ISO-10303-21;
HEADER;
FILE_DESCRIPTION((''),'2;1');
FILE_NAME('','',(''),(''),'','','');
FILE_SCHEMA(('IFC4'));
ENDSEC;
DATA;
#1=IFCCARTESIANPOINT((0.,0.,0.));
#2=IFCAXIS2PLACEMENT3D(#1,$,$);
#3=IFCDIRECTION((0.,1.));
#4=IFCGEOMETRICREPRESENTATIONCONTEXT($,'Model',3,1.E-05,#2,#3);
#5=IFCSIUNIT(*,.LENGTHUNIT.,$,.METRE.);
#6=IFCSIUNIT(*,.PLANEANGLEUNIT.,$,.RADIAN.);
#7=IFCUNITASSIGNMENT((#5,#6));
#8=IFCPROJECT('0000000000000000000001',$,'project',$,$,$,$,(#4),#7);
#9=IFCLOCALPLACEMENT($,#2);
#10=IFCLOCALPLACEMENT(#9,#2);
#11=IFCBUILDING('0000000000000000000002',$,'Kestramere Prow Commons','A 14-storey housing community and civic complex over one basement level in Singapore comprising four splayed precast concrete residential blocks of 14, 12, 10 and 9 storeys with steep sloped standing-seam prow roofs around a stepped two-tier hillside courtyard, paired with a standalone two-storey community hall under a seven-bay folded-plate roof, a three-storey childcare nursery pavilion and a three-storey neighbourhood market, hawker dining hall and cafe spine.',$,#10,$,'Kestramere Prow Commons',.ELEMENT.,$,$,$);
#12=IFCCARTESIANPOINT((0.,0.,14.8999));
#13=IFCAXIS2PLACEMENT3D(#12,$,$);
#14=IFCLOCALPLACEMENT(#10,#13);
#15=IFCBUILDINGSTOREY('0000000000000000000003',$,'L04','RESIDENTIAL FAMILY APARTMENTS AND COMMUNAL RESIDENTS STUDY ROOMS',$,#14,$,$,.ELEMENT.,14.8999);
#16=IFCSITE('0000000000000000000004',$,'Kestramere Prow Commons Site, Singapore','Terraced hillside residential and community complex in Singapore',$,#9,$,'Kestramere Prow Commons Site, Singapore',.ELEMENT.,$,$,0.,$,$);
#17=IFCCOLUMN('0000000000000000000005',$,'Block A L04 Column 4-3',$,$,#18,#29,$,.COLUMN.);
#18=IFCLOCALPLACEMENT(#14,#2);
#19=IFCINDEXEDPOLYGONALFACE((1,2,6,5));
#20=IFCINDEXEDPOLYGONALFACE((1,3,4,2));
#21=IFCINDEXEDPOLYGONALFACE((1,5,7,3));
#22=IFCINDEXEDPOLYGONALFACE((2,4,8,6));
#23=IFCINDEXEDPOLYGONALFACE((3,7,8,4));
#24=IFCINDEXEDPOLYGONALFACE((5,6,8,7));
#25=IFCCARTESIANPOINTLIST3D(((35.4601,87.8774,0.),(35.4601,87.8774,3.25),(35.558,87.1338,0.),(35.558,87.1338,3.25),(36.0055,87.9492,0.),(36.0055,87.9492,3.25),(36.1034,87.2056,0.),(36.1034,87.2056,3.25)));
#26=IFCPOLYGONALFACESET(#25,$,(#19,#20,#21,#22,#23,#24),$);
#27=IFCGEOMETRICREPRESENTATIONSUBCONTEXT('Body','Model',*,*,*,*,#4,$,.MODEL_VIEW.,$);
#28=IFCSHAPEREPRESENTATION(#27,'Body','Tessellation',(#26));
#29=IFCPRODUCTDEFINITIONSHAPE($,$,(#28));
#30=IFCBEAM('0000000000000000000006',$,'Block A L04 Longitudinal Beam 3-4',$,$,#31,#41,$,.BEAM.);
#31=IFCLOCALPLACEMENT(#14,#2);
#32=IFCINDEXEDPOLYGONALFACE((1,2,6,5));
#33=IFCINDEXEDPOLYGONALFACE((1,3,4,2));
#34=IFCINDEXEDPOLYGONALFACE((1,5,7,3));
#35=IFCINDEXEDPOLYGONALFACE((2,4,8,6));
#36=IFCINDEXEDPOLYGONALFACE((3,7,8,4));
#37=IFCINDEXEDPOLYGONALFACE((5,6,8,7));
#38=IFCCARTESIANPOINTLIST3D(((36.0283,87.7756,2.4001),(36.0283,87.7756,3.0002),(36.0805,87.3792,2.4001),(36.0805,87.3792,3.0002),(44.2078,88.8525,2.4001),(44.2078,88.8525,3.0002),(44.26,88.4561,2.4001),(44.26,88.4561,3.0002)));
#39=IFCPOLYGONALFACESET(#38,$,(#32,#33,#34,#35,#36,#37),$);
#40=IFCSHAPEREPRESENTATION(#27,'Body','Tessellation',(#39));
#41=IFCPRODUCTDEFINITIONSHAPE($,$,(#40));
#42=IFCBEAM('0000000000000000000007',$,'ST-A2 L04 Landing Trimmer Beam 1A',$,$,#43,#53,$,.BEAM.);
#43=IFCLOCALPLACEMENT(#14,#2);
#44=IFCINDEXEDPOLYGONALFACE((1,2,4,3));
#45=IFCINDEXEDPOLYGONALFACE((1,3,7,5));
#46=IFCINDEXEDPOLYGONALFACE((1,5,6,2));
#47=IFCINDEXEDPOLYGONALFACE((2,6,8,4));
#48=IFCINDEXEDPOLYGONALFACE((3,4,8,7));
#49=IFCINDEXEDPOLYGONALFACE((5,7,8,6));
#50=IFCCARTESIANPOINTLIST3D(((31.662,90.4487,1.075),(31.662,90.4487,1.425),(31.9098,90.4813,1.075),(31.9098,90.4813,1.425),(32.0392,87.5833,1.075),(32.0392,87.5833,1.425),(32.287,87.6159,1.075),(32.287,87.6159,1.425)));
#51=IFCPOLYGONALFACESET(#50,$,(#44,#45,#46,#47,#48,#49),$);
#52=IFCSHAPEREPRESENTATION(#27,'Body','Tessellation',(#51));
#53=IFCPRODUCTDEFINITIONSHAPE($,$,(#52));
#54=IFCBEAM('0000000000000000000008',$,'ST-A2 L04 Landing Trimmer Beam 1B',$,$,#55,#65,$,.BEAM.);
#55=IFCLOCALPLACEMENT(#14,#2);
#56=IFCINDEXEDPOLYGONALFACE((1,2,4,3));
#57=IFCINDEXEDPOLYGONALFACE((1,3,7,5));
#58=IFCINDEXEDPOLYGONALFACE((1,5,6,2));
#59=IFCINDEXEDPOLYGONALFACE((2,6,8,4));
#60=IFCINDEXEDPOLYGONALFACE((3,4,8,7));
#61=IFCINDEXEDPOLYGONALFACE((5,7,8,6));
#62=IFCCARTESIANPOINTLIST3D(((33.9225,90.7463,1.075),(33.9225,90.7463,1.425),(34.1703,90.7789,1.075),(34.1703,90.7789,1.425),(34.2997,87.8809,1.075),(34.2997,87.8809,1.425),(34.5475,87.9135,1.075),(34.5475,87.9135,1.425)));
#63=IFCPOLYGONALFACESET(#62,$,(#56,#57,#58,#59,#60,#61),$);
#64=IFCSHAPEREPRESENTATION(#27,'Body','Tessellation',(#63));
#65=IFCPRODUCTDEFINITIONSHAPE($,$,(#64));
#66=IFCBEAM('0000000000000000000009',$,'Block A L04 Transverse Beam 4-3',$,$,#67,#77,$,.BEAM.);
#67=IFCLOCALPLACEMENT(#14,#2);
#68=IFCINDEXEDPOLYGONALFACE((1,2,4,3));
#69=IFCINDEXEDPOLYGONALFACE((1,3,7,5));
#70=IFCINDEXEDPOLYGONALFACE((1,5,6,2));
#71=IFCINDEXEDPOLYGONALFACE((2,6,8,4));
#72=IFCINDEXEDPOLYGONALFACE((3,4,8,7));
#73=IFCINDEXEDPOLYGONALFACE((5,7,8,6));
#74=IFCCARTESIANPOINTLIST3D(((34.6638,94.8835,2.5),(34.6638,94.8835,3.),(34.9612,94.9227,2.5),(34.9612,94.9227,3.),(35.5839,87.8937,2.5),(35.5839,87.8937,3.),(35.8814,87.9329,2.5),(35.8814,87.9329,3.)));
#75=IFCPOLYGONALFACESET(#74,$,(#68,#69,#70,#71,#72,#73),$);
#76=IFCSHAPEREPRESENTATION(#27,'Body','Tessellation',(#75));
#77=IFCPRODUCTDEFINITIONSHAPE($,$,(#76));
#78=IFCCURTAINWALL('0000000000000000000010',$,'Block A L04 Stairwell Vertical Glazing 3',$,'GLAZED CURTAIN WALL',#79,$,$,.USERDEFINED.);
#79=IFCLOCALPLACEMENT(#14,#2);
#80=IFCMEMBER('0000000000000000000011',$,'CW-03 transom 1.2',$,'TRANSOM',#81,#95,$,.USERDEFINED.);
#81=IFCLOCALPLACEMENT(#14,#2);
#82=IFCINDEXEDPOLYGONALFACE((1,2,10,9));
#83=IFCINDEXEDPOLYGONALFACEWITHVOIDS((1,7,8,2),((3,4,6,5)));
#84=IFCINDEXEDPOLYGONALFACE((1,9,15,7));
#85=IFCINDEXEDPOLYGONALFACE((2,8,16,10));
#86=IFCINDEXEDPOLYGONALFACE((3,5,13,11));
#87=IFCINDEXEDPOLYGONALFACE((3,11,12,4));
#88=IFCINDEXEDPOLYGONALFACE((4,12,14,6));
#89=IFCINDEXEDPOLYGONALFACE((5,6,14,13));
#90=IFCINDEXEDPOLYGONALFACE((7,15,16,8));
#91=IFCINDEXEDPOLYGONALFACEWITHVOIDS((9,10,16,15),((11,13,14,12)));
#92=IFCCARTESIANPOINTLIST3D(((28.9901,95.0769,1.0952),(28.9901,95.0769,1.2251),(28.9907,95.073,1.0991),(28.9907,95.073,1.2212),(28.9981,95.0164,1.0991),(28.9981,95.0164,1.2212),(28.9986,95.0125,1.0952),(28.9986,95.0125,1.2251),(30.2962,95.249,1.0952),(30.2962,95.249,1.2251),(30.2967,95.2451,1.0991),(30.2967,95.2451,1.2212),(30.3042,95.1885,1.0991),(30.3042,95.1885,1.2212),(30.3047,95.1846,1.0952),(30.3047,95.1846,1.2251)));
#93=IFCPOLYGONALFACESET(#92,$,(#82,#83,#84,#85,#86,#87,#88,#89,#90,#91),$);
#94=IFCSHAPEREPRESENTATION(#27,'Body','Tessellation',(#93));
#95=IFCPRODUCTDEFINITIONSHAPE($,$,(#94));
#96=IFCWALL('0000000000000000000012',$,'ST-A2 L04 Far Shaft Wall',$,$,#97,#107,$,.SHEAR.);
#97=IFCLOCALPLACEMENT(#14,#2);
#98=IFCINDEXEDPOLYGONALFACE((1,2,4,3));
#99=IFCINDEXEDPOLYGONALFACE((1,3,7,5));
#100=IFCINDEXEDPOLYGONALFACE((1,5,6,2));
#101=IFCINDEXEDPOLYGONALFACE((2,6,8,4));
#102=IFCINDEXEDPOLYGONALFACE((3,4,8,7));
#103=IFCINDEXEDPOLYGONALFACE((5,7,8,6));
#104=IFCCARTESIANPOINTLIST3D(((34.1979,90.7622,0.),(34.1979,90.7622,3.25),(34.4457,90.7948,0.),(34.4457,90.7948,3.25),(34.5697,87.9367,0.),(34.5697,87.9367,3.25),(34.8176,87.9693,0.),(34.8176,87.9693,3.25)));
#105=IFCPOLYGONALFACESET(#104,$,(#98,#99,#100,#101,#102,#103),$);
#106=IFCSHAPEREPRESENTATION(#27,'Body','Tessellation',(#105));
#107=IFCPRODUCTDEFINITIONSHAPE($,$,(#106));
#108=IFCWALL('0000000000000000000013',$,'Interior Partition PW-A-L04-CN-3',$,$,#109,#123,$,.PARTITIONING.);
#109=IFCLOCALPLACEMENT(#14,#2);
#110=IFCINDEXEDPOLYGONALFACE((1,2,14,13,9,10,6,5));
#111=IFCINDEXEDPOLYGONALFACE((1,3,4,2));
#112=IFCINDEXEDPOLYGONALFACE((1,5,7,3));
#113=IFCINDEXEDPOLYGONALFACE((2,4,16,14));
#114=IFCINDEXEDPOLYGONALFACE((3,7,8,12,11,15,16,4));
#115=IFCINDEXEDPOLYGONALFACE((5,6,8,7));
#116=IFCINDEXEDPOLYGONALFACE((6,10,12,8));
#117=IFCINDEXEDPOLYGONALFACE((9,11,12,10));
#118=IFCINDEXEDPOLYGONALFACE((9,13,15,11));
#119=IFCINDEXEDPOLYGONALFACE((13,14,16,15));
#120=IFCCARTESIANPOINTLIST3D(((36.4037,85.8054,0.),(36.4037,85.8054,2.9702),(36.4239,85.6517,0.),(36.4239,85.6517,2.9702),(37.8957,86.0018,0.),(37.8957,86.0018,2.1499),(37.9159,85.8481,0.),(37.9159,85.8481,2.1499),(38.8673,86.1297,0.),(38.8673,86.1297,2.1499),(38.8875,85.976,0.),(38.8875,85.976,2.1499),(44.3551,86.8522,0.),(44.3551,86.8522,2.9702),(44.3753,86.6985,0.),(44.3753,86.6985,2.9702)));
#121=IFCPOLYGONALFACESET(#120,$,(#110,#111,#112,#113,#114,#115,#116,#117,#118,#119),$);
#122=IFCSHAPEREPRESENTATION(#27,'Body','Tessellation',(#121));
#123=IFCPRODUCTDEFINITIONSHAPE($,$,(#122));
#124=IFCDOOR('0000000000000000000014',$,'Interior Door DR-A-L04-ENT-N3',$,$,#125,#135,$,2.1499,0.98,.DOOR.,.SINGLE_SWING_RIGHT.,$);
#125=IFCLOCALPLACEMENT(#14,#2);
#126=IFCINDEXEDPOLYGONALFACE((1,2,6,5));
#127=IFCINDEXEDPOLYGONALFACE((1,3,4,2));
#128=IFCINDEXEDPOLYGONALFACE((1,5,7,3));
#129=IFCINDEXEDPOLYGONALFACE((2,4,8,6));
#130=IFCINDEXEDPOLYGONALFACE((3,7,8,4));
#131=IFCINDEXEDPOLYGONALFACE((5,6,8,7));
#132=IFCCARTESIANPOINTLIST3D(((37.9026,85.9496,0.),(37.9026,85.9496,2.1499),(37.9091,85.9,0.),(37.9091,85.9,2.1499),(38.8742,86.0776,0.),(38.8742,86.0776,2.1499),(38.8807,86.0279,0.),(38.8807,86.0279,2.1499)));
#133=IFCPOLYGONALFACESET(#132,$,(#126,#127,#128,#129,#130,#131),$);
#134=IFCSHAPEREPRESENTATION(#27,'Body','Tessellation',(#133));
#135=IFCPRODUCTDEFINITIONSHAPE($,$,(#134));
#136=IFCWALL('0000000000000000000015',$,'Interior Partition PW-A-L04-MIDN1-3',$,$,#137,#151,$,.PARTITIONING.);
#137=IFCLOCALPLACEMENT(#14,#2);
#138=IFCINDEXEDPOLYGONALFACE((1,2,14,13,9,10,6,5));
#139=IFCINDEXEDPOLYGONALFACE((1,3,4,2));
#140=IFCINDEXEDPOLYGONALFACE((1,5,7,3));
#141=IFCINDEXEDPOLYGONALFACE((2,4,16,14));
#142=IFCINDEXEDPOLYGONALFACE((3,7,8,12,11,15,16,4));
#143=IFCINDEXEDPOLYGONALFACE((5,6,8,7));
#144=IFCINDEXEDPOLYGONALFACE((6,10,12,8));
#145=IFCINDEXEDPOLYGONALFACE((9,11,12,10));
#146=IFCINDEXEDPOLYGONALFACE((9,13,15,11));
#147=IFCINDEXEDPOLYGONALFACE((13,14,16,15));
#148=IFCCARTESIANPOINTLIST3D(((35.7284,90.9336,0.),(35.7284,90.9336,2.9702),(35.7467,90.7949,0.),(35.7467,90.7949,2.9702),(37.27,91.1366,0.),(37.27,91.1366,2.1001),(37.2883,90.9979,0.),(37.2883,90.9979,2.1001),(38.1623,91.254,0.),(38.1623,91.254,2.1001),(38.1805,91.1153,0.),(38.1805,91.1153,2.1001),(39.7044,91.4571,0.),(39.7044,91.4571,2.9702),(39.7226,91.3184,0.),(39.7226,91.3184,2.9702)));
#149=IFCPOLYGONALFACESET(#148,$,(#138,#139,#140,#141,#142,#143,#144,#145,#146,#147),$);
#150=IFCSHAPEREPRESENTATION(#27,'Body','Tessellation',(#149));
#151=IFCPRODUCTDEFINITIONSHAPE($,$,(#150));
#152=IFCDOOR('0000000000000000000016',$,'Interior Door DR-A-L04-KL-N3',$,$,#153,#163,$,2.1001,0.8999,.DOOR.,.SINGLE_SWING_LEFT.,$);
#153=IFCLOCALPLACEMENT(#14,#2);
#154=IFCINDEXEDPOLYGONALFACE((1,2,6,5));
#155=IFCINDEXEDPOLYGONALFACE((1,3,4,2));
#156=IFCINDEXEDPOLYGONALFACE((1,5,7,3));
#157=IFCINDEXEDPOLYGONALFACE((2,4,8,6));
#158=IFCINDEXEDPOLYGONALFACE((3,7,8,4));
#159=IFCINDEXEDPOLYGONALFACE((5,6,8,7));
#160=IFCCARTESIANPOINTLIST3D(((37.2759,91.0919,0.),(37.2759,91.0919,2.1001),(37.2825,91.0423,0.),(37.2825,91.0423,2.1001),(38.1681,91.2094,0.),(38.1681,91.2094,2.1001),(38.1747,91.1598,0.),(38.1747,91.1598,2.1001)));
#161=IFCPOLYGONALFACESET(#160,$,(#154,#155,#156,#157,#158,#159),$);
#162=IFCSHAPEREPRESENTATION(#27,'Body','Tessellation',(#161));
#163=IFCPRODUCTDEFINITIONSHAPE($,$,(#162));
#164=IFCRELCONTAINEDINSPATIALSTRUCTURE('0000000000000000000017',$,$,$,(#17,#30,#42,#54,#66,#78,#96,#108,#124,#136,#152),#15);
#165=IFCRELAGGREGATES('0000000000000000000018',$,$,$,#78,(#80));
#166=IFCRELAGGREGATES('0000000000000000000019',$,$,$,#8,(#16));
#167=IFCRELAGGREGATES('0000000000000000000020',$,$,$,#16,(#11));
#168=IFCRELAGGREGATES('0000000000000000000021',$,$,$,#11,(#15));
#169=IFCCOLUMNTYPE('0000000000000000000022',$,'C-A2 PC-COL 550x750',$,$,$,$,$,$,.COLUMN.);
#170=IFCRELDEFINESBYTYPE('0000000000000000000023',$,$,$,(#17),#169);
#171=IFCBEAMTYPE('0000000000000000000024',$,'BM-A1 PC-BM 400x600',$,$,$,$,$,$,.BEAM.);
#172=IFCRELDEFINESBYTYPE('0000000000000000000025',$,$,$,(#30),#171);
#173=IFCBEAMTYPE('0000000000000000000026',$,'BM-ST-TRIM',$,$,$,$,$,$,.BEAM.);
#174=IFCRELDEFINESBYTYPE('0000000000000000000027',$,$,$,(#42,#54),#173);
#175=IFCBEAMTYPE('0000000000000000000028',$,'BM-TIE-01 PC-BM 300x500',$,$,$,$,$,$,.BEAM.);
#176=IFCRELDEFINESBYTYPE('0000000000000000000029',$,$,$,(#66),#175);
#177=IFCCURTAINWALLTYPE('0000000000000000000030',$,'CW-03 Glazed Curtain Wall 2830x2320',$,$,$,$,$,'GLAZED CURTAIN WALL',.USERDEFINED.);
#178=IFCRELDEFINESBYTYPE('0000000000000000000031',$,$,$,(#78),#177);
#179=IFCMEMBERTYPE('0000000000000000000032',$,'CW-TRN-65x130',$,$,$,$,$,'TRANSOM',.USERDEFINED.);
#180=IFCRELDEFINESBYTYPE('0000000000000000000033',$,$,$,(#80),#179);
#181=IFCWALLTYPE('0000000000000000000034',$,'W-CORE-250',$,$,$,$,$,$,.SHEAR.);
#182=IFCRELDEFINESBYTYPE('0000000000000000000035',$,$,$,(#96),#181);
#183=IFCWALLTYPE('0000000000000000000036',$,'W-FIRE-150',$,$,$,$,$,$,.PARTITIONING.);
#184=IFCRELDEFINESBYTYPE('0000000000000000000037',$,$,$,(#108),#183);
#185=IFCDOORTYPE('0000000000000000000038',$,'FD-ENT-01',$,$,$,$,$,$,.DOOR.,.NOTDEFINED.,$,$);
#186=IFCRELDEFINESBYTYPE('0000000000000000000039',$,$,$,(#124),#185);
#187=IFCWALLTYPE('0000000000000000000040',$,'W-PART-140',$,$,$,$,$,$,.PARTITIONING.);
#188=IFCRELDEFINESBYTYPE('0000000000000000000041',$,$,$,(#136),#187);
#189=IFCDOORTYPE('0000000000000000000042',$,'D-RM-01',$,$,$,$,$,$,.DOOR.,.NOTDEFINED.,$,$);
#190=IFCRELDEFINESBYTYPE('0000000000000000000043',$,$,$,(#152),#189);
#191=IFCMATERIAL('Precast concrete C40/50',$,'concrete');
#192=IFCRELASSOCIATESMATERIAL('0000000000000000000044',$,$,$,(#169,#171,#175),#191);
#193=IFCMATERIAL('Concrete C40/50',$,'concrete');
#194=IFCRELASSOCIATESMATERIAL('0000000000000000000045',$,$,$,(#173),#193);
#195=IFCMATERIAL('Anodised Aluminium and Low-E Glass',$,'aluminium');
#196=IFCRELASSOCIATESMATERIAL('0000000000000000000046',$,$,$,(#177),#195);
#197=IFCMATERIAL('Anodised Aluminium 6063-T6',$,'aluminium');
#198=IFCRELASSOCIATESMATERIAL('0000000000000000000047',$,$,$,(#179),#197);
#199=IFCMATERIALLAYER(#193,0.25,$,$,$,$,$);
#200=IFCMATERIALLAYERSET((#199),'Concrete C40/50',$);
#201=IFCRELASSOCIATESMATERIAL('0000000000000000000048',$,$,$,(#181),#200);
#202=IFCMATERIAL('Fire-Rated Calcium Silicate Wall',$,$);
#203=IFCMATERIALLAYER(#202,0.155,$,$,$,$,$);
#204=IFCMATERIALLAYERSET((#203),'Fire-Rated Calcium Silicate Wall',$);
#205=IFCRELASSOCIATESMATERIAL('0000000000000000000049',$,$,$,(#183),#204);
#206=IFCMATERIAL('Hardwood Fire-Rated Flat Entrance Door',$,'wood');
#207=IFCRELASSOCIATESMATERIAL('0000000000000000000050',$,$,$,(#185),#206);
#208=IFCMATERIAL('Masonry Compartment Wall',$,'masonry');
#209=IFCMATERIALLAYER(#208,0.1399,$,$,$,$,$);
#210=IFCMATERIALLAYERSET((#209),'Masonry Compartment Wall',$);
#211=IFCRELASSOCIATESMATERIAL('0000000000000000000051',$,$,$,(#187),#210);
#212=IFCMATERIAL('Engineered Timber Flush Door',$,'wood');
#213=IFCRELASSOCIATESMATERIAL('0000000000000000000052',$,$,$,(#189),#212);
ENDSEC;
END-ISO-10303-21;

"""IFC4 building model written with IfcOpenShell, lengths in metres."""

from ifc_helpers import new_model, si_unit, direction, frame, frame_2d, origin, origin_2d, place, context, subcontext, project, spatial, rectangle, hollow_rectangle, extrude, material, layer, layer_set, material_profile, profile_set, type_object, element, fill, aggregate, save


model = new_model("IFC4")

# Units and contexts
model_context = context("Model", 3, precision=1e-05, world=origin(), true_north=direction((0.0, 1.0)))
body_context = subcontext(model_context, "Body", "Model", "MODEL_VIEW")
ifc_project = project(units=[si_unit("LENGTHUNIT", "METRE"), si_unit("PLANEANGLEUNIT", "RADIAN")], contexts=[model_context])

# Site, building, storey
site_placement = place(None, origin())
site = spatial("IfcSite", under=ifc_project, at=site_placement, Name="Kestramere Prow Commons Site, Singapore", Description="Terraced hillside residential and community complex in Singapore", LongName="Kestramere Prow Commons Site, Singapore", CompositionType="ELEMENT", RefElevation=0.0)
building_placement = place(site_placement, origin())
building = spatial("IfcBuilding", under=site, at=building_placement, Name="Kestramere Prow Commons", Description="A 14-storey housing community and civic complex over one basement level in Singapore comprising four splayed precast concrete residential blocks of 14, 12, 10 and 9 storeys with steep sloped standing-seam prow roofs around a stepped two-tier hillside courtyard, paired with a standalone two-storey community hall under a seven-bay folded-plate roof, a three-storey childcare nursery pavilion and a three-storey neighbourhood market, hawker dining hall and cafe spine.", LongName="Kestramere Prow Commons", CompositionType="ELEMENT")
storey_placement = place(building_placement, frame((0.0, 0.0, 14.8999)))
storey = spatial("IfcBuildingStorey", under=building, at=storey_placement, Name="L04", Description="RESIDENTIAL FAMILY APARTMENTS AND COMMUNAL RESIDENTS STUDY ROOMS", CompositionType="ELEMENT", Elevation=14.8999)

# Column
ifc_material_1 = material(Name="Precast concrete C40/50", Category="concrete")
ifc_material_profile_1 = material_profile(ifc_material_1, rectangle(XDim=0.55, YDim=0.75, at=origin_2d()), Name="PC-COL 550x750")
ifc_profile_set_1 = profile_set([ifc_material_profile_1], Name="Precast concrete C40/50")
column_type = type_object("IfcColumnType", Name="C-A2 PC-COL 550x750", PredefinedType="COLUMN", material=ifc_profile_set_1)
column_placement = place(storey_placement, frame((35.7817, 87.5415, 0.0), z_axis=(0.0, 0.0, 1.0), x_axis=(0.991445, 0.130526, 0.0)))
element("IfcColumn", 1, at=column_placement, inside=storey, type_object=column_type, Name="Block A L04 Column 4-3", PredefinedType="COLUMN", context=body_context, shape_type="SweptSolid", body=[
    extrude(rectangle(XDim=0.55, YDim=0.75, at=origin_2d()), origin(), (0.0, 0.0, 1.0), 3.25),
])

# Beams
ifc_material_profile_2 = material_profile(ifc_material_1, rectangle(XDim=0.3999, YDim=0.6001, at=origin_2d()), Name="PC-BM 400x600")
ifc_profile_set_2 = profile_set([ifc_material_profile_2], Name="Precast concrete C40/50")
beam_type_1 = type_object("IfcBeamType", Name="BM-A1 PC-BM 400x600", PredefinedType="BEAM", material=ifc_profile_set_2)
beam_1_placement = place(storey_placement, frame((36.0544, 87.5774, 2.7002), z_axis=(0.991444, 0.130533, 0.0), x_axis=(-0.130533, 0.991444, 0.0)))
element("IfcBeam", 2, at=beam_1_placement, inside=storey, type_object=beam_type_1, Name="Block A L04 Longitudinal Beam 3-4", PredefinedType="BEAM", context=body_context, shape_type="SweptSolid", body=[
    extrude(rectangle(XDim=0.3999, YDim=0.6001, at=origin_2d()), origin(), (0.0, 0.0, 1.0), 8.25),
])
ifc_material_2 = material(Name="Concrete C40/50", Category="concrete")
ifc_material_profile_3 = material_profile(ifc_material_2, rectangle(XDim=0.25, YDim=0.3501, at=origin_2d()), Name="PC-BM 250x350")
ifc_profile_set_3 = profile_set([ifc_material_profile_3], Name="Concrete C40/50")
beam_type_2 = type_object("IfcBeamType", Name="BM-ST-TRIM", PredefinedType="BEAM", material=ifc_profile_set_3)
for number, where, z_axis, x_axis, name in (
    (3, (32.1631, 87.5996, 1.25), (-0.130509, 0.991447, 0.0), (-0.991447, -0.130509, 0.0), "ST-A2 L04 Landing Trimmer Beam 1A"),
    (4, (34.4236, 87.8972, 1.25), (-0.130509, 0.991447, 0.0), (-0.991447, -0.130509, 0.0), "ST-A2 L04 Landing Trimmer Beam 1B"),
):
    element("IfcBeam", number, at=place(storey_placement, frame(where, z_axis=z_axis, x_axis=x_axis)), inside=storey, type_object=beam_type_2, Name=name, PredefinedType="BEAM", context=body_context, shape_type="SweptSolid", body=[
        extrude(rectangle(XDim=0.25, YDim=0.3501, at=origin_2d()), origin(), (0.0, 0.0, 1.0), 2.8901),
    ])
ifc_material_profile_4 = material_profile(ifc_material_1, rectangle(XDim=0.3, YDim=0.5, at=origin_2d()), Name="PC-BM 300x500")
ifc_profile_set_4 = profile_set([ifc_material_profile_4], Name="Precast concrete C40/50")
beam_type_3 = type_object("IfcBeamType", Name="BM-TIE-01 PC-BM 300x500", PredefinedType="BEAM", material=ifc_profile_set_4)
beam_2_placement = place(storey_placement, frame((35.7327, 87.9133, 2.75), z_axis=(-0.130519, 0.991446, 0.0), x_axis=(-0.991446, -0.130519, 0.0)))
element("IfcBeam", 5, at=beam_2_placement, inside=storey, type_object=beam_type_3, Name="Block A L04 Transverse Beam 4-3", PredefinedType="BEAM", context=body_context, shape_type="SweptSolid", body=[
    extrude(rectangle(XDim=0.3, YDim=0.5, at=origin_2d()), origin(), (0.0, 0.0, 1.0), 7.05),
])

# Curtain wall, member
ifc_material_3 = material(Name="Anodised Aluminium and Low-E Glass", Category="aluminium")
curtain_wall_type = type_object("IfcCurtainWallType", Name="CW-03 Glazed Curtain Wall 2830x2320", ElementType="GLAZED CURTAIN WALL", PredefinedType="USERDEFINED", material=ifc_material_3)
curtain_wall_placement = place(storey_placement, origin())
curtain_wall = element("IfcCurtainWall", 6, at=curtain_wall_placement, inside=storey, type_object=curtain_wall_type, Name="Block A L04 Stairwell Vertical Glazing 3", ObjectType="GLAZED CURTAIN WALL", PredefinedType="USERDEFINED")
ifc_material_4 = material(Name="Anodised Aluminium 6063-T6", Category="aluminium")
ifc_material_profile_5 = material_profile(ifc_material_4, hollow_rectangle(XDim=0.0649, YDim=0.1299, WallThickness=0.0039, at=origin_2d()), Name="ALU-TRN 65x130")
ifc_profile_set_5 = profile_set([ifc_material_profile_5], Name="Anodised Aluminium 6063-T6")
member_type = type_object("IfcMemberType", Name="CW-TRN-65x130", ElementType="TRANSOM", PredefinedType="USERDEFINED", material=ifc_profile_set_5)
member_placement = place(storey_placement, frame((28.9944, 95.0447, 1.1602), z_axis=(0.991429, 0.130646, 0.0), x_axis=(-0.130646, 0.991429, 0.0)))
member = element("IfcMember", 7, at=member_placement, type_object=member_type, Name="CW-03 transom 1.2", ObjectType="TRANSOM", PredefinedType="USERDEFINED", context=body_context, shape_type="SweptSolid", body=[
    extrude(hollow_rectangle(XDim=0.0649, YDim=0.1299, WallThickness=0.0039, at=origin_2d()), origin(), (0.0, 0.0, 1.0), 1.3174),
])
aggregate(curtain_wall, [member])

# Wall
ifc_layer_1 = layer(ifc_material_2, 0.25)
ifc_layer_set_1 = layer_set([ifc_layer_1], Name="Concrete C40/50")
wall_type_1 = type_object("IfcWallType", Name="W-CORE-250", PredefinedType="SHEAR", material=ifc_layer_set_1)
wall_1_placement = place(storey_placement, frame((34.6936, 87.9531, 0.0), z_axis=(0.0, 0.0, 1.0), x_axis=(-0.130474, 0.991452, 0.0)))
element("IfcWall", 8, at=wall_1_placement, inside=storey, type_object=wall_type_1, Name="ST-A2 L04 Far Shaft Wall", PredefinedType="SHEAR", context=body_context, shape_type="SweptSolid", body=[
    extrude(rectangle(XDim=2.8499, YDim=0.25, at=frame_2d((1.4248, 0.0))), origin(), (0.0, 0.0, 1.0), 3.25),
])

# Walls, openings, doors
ifc_material_5 = material(Name="Fire-Rated Calcium Silicate Wall")
ifc_layer_2 = layer(ifc_material_5, 0.155)
ifc_layer_set_2 = layer_set([ifc_layer_2], Name="Fire-Rated Calcium Silicate Wall")
wall_type_2 = type_object("IfcWallType", Name="W-FIRE-150", PredefinedType="PARTITIONING", material=ifc_layer_set_2)
wall_2_placement = place(storey_placement, frame((36.4138, 85.7285, 0.0), z_axis=(0.0, 0.0, 1.0), x_axis=(0.991444, 0.130532, 0.0)))
wall_2 = element("IfcWall", 9, at=wall_2_placement, inside=storey, type_object=wall_type_2, Name="Interior Partition PW-A-L04-CN-3", PredefinedType="PARTITIONING", context=body_context, shape_type="SweptSolid", body=[
    extrude(rectangle(XDim=8.02, YDim=0.155, at=frame_2d((4.01, 0.0))), origin(), (0.0, 0.0, 1.0), 2.9702),
])
opening_1_placement = place(wall_2_placement, frame((1.5049, 0.0, 0.0)))
opening_1 = element("IfcOpeningElement", 10, at=opening_1_placement, cuts=wall_2, PredefinedType="OPENING", context=body_context, shape_type="SweptSolid", body=[
    extrude(rectangle(XDim=0.98, YDim=2.1499, at=frame_2d((0.49, 1.075))), frame((0.0, 0.0925, 0.0), z_axis=(0.0, -1.0, 0.0), x_axis=(1.0, 0.0, 0.0)), (0.0, 0.0, 1.0), 0.1851),
])
ifc_material_6 = material(Name="Hardwood Fire-Rated Flat Entrance Door", Category="wood")
door_type_1 = type_object("IfcDoorType", Name="FD-ENT-01", OperationType="NOTDEFINED", PredefinedType="DOOR", material=ifc_material_6)
door_1_placement = place(opening_1_placement, origin())
door_1 = element("IfcDoor", 11, at=door_1_placement, inside=storey, type_object=door_type_1, Name="Interior Door DR-A-L04-ENT-N3", OperationType="SINGLE_SWING_RIGHT", OverallHeight=2.1499, OverallWidth=0.98, PredefinedType="DOOR", context=body_context, shape_type="SweptSolid", body=[
    extrude(rectangle(XDim=0.98, YDim=2.1499, at=frame_2d((0.49, 1.075))), frame((0.0, 0.0249, 0.0), z_axis=(0.0, -1.0, 0.0), x_axis=(1.0, 0.0, 0.0)), (0.0, 0.0, 1.0), 0.05),
])
fill(opening_1, door_1)
ifc_material_7 = material(Name="Masonry Compartment Wall", Category="masonry")
ifc_layer_3 = layer(ifc_material_7, 0.1399)
ifc_layer_set_3 = layer_set([ifc_layer_3], Name="Masonry Compartment Wall")
wall_type_3 = type_object("IfcWallType", Name="W-PART-140", PredefinedType="PARTITIONING", material=ifc_layer_set_3)
wall_3_placement = place(storey_placement, frame((35.7375, 90.8643, 0.0), z_axis=(0.0, 0.0, 1.0), x_axis=(0.991445, 0.130529, 0.0)))
wall_3 = element("IfcWall", 12, at=wall_3_placement, inside=storey, type_object=wall_type_3, Name="Interior Partition PW-A-L04-MIDN1-3", PredefinedType="PARTITIONING", context=body_context, shape_type="SweptSolid", body=[
    extrude(rectangle(XDim=4.0103, YDim=0.1399, at=frame_2d((2.0051, 0.0))), origin(), (0.0, 0.0, 1.0), 2.9702),
])
opening_2_placement = place(wall_3_placement, frame((1.5549, 0.0, 0.0)))
opening_2 = element("IfcOpeningElement", 13, at=opening_2_placement, cuts=wall_3, PredefinedType="OPENING", context=body_context, shape_type="SweptSolid", body=[
    extrude(rectangle(XDim=0.8999, YDim=2.1001, at=frame_2d((0.45, 1.05))), frame((0.0, 0.085, 0.0), z_axis=(0.0, -1.0, 0.0), x_axis=(1.0, 0.0, 0.0)), (0.0, 0.0, 1.0), 0.1699),
])
ifc_material_8 = material(Name="Engineered Timber Flush Door", Category="wood")
door_type_2 = type_object("IfcDoorType", Name="D-RM-01", OperationType="NOTDEFINED", PredefinedType="DOOR", material=ifc_material_8)
door_2_placement = place(opening_2_placement, origin())
door_2 = element("IfcDoor", 14, at=door_2_placement, inside=storey, type_object=door_type_2, Name="Interior Door DR-A-L04-KL-N3", OperationType="SINGLE_SWING_LEFT", OverallHeight=2.1001, OverallWidth=0.8999, PredefinedType="DOOR", context=body_context, shape_type="SweptSolid", body=[
    extrude(rectangle(XDim=0.8999, YDim=2.1001, at=frame_2d((0.45, 1.05))), frame((0.0, 0.0249, 0.0), z_axis=(0.0, -1.0, 0.0), x_axis=(1.0, 0.0, 0.0)), (0.0, 0.0, 1.0), 0.05),
])
fill(opening_2, door_2)

save(model, "model.ifc")
